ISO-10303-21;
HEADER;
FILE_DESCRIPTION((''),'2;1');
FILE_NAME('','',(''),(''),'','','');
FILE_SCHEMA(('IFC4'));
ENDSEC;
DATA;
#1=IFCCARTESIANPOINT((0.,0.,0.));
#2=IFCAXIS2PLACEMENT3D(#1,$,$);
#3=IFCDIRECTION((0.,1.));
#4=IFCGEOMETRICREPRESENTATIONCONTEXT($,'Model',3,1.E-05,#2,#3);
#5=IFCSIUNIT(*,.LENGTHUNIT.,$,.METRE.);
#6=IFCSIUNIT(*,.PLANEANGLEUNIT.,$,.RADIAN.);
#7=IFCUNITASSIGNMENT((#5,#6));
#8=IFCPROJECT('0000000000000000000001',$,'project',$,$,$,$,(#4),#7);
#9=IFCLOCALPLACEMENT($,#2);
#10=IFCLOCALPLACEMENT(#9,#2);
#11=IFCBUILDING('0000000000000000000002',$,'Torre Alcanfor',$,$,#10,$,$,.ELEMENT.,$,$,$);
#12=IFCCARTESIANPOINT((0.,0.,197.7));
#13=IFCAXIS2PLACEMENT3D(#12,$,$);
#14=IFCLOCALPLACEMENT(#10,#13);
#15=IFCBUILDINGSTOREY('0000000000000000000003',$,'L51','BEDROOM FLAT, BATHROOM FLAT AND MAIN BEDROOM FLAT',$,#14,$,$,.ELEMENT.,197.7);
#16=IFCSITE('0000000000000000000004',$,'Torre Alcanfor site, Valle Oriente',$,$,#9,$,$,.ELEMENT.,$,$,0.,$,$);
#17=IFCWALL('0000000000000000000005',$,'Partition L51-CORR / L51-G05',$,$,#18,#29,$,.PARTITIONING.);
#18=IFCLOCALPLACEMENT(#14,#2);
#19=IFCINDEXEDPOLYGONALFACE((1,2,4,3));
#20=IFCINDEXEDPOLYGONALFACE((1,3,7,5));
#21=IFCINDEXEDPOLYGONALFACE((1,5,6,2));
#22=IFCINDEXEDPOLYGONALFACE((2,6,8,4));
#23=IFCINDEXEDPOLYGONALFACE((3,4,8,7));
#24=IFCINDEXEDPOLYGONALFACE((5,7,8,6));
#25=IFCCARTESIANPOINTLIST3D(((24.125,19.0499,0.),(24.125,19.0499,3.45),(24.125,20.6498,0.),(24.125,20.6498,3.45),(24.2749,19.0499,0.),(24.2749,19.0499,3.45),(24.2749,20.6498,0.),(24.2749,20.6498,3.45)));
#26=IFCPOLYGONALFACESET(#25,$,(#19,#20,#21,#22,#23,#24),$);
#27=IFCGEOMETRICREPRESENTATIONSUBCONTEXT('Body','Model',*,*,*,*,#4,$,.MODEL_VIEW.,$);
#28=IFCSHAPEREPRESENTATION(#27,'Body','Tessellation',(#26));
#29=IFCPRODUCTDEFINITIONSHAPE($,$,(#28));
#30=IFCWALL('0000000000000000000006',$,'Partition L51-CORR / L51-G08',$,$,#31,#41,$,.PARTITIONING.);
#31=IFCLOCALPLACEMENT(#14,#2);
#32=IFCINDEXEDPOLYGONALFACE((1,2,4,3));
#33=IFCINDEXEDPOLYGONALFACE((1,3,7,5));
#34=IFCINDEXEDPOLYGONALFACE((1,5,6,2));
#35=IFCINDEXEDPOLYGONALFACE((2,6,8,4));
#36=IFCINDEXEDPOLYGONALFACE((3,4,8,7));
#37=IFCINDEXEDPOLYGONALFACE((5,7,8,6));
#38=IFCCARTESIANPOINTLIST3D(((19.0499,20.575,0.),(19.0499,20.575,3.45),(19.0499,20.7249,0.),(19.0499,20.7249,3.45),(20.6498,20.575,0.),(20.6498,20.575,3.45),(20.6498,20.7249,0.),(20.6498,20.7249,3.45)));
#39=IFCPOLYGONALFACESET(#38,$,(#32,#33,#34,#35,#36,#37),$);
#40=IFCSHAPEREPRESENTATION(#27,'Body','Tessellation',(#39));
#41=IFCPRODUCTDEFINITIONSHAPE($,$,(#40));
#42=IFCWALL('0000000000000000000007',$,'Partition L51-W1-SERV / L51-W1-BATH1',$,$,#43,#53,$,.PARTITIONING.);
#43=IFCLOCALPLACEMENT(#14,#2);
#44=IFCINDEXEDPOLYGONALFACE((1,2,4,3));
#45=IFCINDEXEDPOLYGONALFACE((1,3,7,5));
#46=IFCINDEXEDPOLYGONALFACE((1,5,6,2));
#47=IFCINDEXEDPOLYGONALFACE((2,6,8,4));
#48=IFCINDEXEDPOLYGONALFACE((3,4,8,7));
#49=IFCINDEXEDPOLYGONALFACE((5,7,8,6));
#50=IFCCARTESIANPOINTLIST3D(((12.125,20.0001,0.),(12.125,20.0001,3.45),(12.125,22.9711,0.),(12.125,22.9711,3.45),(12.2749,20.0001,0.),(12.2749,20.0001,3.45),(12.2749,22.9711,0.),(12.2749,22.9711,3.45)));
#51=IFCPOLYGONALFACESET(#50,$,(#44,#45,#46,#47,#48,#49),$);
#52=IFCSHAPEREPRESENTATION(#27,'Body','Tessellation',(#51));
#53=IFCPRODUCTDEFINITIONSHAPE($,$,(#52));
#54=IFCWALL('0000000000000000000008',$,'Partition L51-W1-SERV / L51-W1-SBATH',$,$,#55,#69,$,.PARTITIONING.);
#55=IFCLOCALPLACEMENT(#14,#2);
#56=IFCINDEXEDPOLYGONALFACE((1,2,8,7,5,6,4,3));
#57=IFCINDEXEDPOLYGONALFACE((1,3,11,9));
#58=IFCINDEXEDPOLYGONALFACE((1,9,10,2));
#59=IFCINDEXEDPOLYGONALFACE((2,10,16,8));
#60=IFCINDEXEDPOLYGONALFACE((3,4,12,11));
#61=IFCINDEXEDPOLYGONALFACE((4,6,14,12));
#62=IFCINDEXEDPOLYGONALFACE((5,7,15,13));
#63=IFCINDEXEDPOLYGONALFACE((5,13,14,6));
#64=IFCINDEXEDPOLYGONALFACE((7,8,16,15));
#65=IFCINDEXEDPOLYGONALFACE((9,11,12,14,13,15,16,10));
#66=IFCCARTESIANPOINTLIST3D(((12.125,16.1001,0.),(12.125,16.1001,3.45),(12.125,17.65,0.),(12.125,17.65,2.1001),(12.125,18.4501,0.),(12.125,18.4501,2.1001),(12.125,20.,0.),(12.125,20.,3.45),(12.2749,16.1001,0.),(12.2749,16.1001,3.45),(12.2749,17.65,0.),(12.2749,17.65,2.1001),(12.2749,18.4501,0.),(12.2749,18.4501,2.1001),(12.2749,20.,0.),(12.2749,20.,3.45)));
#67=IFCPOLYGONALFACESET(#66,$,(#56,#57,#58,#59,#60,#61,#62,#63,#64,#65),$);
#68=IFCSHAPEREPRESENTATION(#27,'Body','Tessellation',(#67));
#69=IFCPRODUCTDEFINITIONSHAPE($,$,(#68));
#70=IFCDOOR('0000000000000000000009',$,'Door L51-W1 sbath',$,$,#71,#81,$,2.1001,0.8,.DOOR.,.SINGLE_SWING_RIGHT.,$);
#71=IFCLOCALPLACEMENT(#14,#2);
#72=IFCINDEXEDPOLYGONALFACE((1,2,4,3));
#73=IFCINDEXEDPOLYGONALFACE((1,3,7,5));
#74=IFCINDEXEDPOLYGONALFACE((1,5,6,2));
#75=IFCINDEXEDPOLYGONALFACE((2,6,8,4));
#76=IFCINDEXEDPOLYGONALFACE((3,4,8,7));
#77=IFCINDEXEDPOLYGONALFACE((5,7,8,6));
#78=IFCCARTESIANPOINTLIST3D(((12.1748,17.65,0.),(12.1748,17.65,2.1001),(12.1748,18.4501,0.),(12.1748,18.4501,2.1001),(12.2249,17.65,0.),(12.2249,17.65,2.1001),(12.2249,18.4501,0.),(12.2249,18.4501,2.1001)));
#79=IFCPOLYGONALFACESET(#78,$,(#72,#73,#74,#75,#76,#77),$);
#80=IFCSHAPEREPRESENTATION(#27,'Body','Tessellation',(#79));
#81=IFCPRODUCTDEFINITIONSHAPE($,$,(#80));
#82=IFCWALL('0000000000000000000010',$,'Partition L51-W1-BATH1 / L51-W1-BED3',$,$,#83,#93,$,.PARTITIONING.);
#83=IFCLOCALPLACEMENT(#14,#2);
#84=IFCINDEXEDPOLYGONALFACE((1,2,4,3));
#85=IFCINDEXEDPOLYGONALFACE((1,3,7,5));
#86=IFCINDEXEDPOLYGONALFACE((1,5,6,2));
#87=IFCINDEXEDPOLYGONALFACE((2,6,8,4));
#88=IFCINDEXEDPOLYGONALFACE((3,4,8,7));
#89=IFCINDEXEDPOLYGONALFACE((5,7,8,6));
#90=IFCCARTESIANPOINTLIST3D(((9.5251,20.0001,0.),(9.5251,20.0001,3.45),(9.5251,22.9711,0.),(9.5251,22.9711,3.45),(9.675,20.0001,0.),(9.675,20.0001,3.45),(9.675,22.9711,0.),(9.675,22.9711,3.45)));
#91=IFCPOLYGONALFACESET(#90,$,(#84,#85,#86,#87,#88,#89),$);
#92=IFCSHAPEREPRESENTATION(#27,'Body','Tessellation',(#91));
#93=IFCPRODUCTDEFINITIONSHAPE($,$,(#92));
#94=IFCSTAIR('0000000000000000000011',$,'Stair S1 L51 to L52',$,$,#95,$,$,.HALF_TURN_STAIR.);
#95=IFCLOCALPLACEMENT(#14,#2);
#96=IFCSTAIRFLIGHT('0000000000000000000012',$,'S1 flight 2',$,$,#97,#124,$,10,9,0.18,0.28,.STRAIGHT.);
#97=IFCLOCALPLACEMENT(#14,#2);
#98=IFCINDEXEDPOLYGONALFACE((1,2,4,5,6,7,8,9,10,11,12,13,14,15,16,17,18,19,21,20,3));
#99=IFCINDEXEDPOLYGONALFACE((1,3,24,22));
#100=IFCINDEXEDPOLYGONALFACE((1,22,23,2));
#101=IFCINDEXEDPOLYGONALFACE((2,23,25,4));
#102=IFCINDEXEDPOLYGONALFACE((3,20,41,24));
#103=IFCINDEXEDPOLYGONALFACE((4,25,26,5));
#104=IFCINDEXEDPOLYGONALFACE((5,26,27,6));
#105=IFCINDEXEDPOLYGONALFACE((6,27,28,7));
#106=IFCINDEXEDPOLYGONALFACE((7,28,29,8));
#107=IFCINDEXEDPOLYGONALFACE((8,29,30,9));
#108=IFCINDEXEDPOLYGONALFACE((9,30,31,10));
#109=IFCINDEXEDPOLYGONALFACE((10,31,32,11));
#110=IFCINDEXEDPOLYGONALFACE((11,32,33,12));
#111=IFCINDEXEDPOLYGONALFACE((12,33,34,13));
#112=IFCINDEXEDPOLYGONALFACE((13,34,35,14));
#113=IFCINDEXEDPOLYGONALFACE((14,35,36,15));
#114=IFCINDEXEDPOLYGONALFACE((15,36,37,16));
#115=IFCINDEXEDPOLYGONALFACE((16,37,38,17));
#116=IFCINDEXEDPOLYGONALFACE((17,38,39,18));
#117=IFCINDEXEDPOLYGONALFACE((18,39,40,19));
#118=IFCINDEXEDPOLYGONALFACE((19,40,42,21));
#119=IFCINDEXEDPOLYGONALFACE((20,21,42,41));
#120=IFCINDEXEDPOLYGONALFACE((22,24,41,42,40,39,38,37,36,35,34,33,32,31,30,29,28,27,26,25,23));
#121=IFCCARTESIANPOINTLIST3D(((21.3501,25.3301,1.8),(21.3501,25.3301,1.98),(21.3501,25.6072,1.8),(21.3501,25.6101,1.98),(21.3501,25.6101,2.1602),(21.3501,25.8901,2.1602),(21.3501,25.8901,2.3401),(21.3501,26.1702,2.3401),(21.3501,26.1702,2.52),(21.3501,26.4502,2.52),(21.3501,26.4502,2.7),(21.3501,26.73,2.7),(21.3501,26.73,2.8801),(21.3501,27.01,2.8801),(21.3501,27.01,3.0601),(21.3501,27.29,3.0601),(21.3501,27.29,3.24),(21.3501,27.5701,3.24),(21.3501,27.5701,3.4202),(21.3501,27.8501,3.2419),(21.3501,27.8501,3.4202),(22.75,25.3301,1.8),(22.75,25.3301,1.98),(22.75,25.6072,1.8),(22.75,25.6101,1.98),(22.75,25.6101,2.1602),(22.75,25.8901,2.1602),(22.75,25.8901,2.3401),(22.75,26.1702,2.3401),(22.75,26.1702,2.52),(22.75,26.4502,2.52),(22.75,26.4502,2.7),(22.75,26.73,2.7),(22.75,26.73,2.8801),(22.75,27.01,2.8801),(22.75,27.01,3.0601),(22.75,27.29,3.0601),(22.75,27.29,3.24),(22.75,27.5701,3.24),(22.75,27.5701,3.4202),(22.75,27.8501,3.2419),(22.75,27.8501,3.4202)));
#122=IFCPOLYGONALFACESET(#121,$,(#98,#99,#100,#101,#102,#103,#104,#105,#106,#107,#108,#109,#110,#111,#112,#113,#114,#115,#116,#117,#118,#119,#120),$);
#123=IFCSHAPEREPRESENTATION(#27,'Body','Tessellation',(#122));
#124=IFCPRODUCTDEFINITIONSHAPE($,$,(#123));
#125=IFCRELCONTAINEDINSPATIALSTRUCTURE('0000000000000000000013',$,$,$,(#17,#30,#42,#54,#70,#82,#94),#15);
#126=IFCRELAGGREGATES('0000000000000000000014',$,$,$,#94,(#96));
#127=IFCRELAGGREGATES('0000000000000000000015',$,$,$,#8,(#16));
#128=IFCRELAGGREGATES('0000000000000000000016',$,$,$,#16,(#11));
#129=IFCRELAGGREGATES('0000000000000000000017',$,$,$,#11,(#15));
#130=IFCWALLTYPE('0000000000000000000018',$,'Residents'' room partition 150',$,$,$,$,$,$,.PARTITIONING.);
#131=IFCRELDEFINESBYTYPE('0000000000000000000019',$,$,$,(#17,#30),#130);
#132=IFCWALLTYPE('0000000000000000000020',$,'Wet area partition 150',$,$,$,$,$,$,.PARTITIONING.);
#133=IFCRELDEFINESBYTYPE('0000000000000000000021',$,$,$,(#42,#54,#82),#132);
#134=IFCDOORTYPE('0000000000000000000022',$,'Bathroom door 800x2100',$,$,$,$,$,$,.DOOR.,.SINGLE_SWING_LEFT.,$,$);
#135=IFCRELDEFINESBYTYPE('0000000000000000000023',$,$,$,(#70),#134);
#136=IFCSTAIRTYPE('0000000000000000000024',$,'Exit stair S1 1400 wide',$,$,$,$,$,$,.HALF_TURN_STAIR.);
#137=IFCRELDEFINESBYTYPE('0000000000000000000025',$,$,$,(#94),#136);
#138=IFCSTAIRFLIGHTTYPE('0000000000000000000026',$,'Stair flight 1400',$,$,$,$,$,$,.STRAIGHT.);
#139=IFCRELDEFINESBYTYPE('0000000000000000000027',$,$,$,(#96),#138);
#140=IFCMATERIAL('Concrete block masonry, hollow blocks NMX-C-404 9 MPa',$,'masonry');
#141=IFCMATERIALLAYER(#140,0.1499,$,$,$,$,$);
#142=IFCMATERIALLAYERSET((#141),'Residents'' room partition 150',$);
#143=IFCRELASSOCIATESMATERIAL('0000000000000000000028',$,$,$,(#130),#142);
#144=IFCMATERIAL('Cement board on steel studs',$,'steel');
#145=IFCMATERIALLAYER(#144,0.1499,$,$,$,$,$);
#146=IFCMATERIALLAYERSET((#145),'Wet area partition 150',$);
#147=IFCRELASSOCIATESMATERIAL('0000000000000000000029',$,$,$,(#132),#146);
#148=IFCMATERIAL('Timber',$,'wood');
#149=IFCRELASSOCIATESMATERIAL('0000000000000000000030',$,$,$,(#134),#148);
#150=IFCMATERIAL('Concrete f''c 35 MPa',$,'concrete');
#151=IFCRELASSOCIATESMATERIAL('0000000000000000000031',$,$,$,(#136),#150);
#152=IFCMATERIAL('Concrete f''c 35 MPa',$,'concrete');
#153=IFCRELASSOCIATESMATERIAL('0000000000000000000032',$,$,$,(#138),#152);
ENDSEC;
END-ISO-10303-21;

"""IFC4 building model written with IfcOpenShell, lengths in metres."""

from ifc_helpers import new_model, si_unit, direction, frame, frame_2d, origin, place, context, subcontext, project, spatial, polyline, rectangle, outline, extrude, material, layer, layer_set, type_object, element, fill, aggregate, save


model = new_model("IFC4")

# Units and contexts
model_context = context("Model", 3, precision=1e-05, world=origin(), true_north=direction((0.0, 1.0)))
body_context = subcontext(model_context, "Body", "Model", "MODEL_VIEW")
ifc_project = project(units=[si_unit("LENGTHUNIT", "METRE"), si_unit("PLANEANGLEUNIT", "RADIAN")], contexts=[model_context])

# Site, building, storey
site_placement = place(None, origin())
site = spatial("IfcSite", under=ifc_project, at=site_placement, Name="Torre Alcanfor site, Valle Oriente", CompositionType="ELEMENT", RefElevation=0.0)
building_placement = place(site_placement, origin())
building = spatial("IfcBuilding", under=site, at=building_placement, Name="Torre Alcanfor", CompositionType="ELEMENT")
storey_placement = place(building_placement, frame((0.0, 0.0, 197.7)))
storey = spatial("IfcBuildingStorey", under=building, at=storey_placement, Name="L51", Description="BEDROOM FLAT, BATHROOM FLAT AND MAIN BEDROOM FLAT", CompositionType="ELEMENT", Elevation=197.7)

# Shared definitions
ifc_material_1 = material(Name="Concrete block masonry, hollow blocks NMX-C-404 9 MPa", Category="masonry")
ifc_layer_1 = layer(ifc_material_1, 0.1499)
ifc_layer_set_1 = layer_set([ifc_layer_1], Name="Residents' room partition 150")
wall_type_1 = type_object("IfcWallType", Name="Residents' room partition 150", PredefinedType="PARTITIONING", material=ifc_layer_set_1)

# Walls
for number, where, z_axis, x_axis, name in (
    (1, (24.2, 19.05, 0.0), (0.0, 0.0, 1.0), (0.0, 1.0, 0.0), "Partition L51-CORR / L51-G05"),
    (2, (19.05, 20.6499, 0.0), (0.0, 0.0, 1.0), (1.0, 0.0, 0.0), "Partition L51-CORR / L51-G08"),
):
    element("IfcWall", number, at=place(storey_placement, frame(where, z_axis=z_axis, x_axis=x_axis)), inside=storey, type_object=wall_type_1, Name=name, PredefinedType="PARTITIONING", context=body_context, shape_type="SweptSolid", body=[
        extrude(rectangle(XDim=1.5999, YDim=0.1499, at=frame_2d((0.7998, 0.0))), origin(), (0.0, 0.0, 1.0), 3.45),
    ])
ifc_material_2 = material(Name="Cement board on steel studs", Category="steel")
ifc_layer_2 = layer(ifc_material_2, 0.1499)
ifc_layer_set_2 = layer_set([ifc_layer_2], Name="Wet area partition 150")
wall_type_2 = type_object("IfcWallType", Name="Wet area partition 150", PredefinedType="PARTITIONING", material=ifc_layer_set_2)
wall_1_placement = place(storey_placement, frame((12.2, 22.9709, 0.0), z_axis=(0.0, 0.0, 1.0), x_axis=(0.0, -1.0, 0.0)))
element("IfcWall", 3, at=wall_1_placement, inside=storey, type_object=wall_type_2, Name="Partition L51-W1-SERV / L51-W1-BATH1", PredefinedType="PARTITIONING", context=body_context, shape_type="SweptSolid", body=[
    extrude(rectangle(XDim=2.9709, YDim=0.1499, at=frame_2d((1.4854, 0.0))), origin(), (0.0, 0.0, 1.0), 3.45),
])

# Wall, opening, door
wall_2_placement = place(storey_placement, frame((12.2, 20.0, 0.0), z_axis=(0.0, 0.0, 1.0), x_axis=(0.0, -1.0, 0.0)))
wall_2 = element("IfcWall", 4, at=wall_2_placement, inside=storey, type_object=wall_type_2, Name="Partition L51-W1-SERV / L51-W1-SBATH", PredefinedType="PARTITIONING", context=body_context, shape_type="SweptSolid", body=[
    extrude(rectangle(XDim=3.8999, YDim=0.1499, at=frame_2d((1.95, 0.0))), origin(), (0.0, 0.0, 1.0), 3.45),
])
opening_1_placement = place(wall_2_placement, frame((1.55, 0.0, 0.0)))
opening_1 = element("IfcOpeningElement", 5, at=opening_1_placement, cuts=wall_2, PredefinedType="OPENING", context=body_context, shape_type="SweptSolid", body=[
    extrude(rectangle(XDim=0.8, YDim=2.1001, at=frame_2d((0.3999, 1.05))), frame((0.0, 0.085, 0.0), z_axis=(0.0, -1.0, 0.0), x_axis=(1.0, 0.0, 0.0)), (0.0, 0.0, 1.0), 0.1699),
])
ifc_material_3 = material(Name="Timber", Category="wood")
door_type_1 = type_object("IfcDoorType", Name="Bathroom door 800x2100", OperationType="SINGLE_SWING_LEFT", PredefinedType="DOOR", material=ifc_material_3)
door_1_placement = place(opening_1_placement, frame((0.8, 0.0, 0.0), z_axis=(0.0, 0.0, 1.0), x_axis=(-1.0, 0.0, 0.0)))
door_1 = element("IfcDoor", 6, at=door_1_placement, inside=storey, type_object=door_type_1, Name="Door L51-W1 sbath", OperationType="SINGLE_SWING_RIGHT", OverallHeight=2.1001, OverallWidth=0.8, PredefinedType="DOOR", context=body_context, shape_type="SweptSolid", body=[
    extrude(rectangle(XDim=0.8, YDim=2.1001, at=frame_2d((0.4001, 1.05))), frame((0.0, 0.0251, 0.0), z_axis=(0.0, -1.0, 0.0), x_axis=(1.0, 0.0, 0.0)), (0.0, 0.0, 1.0), 0.05),
])
fill(opening_1, door_1)

# Wall
wall_3_placement = place(storey_placement, frame((9.6001, 22.9709, 0.0), z_axis=(0.0, 0.0, 1.0), x_axis=(0.0, -1.0, 0.0)))
element("IfcWall", 7, at=wall_3_placement, inside=storey, type_object=wall_type_2, Name="Partition L51-W1-BATH1 / L51-W1-BED3", PredefinedType="PARTITIONING", context=body_context, shape_type="SweptSolid", body=[
    extrude(rectangle(XDim=2.9709, YDim=0.1499, at=frame_2d((1.4854, 0.0))), origin(), (0.0, 0.0, 1.0), 3.45),
])

# Stair, stair flight
ifc_material_4 = material(Name="Concrete f'c 35 MPa", Category="concrete")
stair_type = type_object("IfcStairType", Name="Exit stair S1 1400 wide", PredefinedType="HALF_TURN_STAIR", material=ifc_material_4)
stair_placement = place(storey_placement, origin())
stair = element("IfcStair", 8, at=stair_placement, inside=storey, type_object=stair_type, Name="Stair S1 L51 to L52", PredefinedType="HALF_TURN_STAIR")
ifc_material_5 = material(Name="Concrete f'c 35 MPa", Category="concrete")
stair_flight_type = type_object("IfcStairFlightType", Name="Stair flight 1400", PredefinedType="STRAIGHT", material=ifc_material_5)
stair_flight_placement = place(storey_placement, frame((22.05, 25.3301, 1.8), z_axis=(0.0, 0.0, 1.0), x_axis=(0.0, 1.0, 0.0)))
stair_flight = element("IfcStairFlight", 9, at=stair_flight_placement, type_object=stair_flight_type, Name="S1 flight 2", NumberOfRisers=10, NumberOfTreads=9, PredefinedType="STRAIGHT", RiserHeight=0.18, TreadLength=0.28, context=body_context, shape_type="SweptSolid", body=[
    extrude(outline(polyline([(0.0, 0.0), (0.0, 0.1799), (0.28, 0.1799), (0.28, 0.3601), (0.5601, 0.3601), (0.5601, 0.54), (0.8401, 0.54), (0.8401, 0.72), (1.1201, 0.72), (1.1201, 0.8999), (1.3999, 0.8999), (1.3999, 1.0801), (1.6799, 1.0801), (1.6799, 1.26), (1.96, 1.26), (1.96, 1.4399), (2.24, 1.4399), (2.24, 1.6201), (2.52, 1.6201), (2.52, 1.8), (2.52, 1.4419), (0.2771, 0.0), (0.0, 0.0)])), frame((0.0, 0.7, 0.0), z_axis=(0.0, -1.0, 0.0), x_axis=(1.0, 0.0, 0.0)), (0.0, 0.0, 1.0), 1.3999),
])
aggregate(stair, [stair_flight])

save(model, "model.ifc")
